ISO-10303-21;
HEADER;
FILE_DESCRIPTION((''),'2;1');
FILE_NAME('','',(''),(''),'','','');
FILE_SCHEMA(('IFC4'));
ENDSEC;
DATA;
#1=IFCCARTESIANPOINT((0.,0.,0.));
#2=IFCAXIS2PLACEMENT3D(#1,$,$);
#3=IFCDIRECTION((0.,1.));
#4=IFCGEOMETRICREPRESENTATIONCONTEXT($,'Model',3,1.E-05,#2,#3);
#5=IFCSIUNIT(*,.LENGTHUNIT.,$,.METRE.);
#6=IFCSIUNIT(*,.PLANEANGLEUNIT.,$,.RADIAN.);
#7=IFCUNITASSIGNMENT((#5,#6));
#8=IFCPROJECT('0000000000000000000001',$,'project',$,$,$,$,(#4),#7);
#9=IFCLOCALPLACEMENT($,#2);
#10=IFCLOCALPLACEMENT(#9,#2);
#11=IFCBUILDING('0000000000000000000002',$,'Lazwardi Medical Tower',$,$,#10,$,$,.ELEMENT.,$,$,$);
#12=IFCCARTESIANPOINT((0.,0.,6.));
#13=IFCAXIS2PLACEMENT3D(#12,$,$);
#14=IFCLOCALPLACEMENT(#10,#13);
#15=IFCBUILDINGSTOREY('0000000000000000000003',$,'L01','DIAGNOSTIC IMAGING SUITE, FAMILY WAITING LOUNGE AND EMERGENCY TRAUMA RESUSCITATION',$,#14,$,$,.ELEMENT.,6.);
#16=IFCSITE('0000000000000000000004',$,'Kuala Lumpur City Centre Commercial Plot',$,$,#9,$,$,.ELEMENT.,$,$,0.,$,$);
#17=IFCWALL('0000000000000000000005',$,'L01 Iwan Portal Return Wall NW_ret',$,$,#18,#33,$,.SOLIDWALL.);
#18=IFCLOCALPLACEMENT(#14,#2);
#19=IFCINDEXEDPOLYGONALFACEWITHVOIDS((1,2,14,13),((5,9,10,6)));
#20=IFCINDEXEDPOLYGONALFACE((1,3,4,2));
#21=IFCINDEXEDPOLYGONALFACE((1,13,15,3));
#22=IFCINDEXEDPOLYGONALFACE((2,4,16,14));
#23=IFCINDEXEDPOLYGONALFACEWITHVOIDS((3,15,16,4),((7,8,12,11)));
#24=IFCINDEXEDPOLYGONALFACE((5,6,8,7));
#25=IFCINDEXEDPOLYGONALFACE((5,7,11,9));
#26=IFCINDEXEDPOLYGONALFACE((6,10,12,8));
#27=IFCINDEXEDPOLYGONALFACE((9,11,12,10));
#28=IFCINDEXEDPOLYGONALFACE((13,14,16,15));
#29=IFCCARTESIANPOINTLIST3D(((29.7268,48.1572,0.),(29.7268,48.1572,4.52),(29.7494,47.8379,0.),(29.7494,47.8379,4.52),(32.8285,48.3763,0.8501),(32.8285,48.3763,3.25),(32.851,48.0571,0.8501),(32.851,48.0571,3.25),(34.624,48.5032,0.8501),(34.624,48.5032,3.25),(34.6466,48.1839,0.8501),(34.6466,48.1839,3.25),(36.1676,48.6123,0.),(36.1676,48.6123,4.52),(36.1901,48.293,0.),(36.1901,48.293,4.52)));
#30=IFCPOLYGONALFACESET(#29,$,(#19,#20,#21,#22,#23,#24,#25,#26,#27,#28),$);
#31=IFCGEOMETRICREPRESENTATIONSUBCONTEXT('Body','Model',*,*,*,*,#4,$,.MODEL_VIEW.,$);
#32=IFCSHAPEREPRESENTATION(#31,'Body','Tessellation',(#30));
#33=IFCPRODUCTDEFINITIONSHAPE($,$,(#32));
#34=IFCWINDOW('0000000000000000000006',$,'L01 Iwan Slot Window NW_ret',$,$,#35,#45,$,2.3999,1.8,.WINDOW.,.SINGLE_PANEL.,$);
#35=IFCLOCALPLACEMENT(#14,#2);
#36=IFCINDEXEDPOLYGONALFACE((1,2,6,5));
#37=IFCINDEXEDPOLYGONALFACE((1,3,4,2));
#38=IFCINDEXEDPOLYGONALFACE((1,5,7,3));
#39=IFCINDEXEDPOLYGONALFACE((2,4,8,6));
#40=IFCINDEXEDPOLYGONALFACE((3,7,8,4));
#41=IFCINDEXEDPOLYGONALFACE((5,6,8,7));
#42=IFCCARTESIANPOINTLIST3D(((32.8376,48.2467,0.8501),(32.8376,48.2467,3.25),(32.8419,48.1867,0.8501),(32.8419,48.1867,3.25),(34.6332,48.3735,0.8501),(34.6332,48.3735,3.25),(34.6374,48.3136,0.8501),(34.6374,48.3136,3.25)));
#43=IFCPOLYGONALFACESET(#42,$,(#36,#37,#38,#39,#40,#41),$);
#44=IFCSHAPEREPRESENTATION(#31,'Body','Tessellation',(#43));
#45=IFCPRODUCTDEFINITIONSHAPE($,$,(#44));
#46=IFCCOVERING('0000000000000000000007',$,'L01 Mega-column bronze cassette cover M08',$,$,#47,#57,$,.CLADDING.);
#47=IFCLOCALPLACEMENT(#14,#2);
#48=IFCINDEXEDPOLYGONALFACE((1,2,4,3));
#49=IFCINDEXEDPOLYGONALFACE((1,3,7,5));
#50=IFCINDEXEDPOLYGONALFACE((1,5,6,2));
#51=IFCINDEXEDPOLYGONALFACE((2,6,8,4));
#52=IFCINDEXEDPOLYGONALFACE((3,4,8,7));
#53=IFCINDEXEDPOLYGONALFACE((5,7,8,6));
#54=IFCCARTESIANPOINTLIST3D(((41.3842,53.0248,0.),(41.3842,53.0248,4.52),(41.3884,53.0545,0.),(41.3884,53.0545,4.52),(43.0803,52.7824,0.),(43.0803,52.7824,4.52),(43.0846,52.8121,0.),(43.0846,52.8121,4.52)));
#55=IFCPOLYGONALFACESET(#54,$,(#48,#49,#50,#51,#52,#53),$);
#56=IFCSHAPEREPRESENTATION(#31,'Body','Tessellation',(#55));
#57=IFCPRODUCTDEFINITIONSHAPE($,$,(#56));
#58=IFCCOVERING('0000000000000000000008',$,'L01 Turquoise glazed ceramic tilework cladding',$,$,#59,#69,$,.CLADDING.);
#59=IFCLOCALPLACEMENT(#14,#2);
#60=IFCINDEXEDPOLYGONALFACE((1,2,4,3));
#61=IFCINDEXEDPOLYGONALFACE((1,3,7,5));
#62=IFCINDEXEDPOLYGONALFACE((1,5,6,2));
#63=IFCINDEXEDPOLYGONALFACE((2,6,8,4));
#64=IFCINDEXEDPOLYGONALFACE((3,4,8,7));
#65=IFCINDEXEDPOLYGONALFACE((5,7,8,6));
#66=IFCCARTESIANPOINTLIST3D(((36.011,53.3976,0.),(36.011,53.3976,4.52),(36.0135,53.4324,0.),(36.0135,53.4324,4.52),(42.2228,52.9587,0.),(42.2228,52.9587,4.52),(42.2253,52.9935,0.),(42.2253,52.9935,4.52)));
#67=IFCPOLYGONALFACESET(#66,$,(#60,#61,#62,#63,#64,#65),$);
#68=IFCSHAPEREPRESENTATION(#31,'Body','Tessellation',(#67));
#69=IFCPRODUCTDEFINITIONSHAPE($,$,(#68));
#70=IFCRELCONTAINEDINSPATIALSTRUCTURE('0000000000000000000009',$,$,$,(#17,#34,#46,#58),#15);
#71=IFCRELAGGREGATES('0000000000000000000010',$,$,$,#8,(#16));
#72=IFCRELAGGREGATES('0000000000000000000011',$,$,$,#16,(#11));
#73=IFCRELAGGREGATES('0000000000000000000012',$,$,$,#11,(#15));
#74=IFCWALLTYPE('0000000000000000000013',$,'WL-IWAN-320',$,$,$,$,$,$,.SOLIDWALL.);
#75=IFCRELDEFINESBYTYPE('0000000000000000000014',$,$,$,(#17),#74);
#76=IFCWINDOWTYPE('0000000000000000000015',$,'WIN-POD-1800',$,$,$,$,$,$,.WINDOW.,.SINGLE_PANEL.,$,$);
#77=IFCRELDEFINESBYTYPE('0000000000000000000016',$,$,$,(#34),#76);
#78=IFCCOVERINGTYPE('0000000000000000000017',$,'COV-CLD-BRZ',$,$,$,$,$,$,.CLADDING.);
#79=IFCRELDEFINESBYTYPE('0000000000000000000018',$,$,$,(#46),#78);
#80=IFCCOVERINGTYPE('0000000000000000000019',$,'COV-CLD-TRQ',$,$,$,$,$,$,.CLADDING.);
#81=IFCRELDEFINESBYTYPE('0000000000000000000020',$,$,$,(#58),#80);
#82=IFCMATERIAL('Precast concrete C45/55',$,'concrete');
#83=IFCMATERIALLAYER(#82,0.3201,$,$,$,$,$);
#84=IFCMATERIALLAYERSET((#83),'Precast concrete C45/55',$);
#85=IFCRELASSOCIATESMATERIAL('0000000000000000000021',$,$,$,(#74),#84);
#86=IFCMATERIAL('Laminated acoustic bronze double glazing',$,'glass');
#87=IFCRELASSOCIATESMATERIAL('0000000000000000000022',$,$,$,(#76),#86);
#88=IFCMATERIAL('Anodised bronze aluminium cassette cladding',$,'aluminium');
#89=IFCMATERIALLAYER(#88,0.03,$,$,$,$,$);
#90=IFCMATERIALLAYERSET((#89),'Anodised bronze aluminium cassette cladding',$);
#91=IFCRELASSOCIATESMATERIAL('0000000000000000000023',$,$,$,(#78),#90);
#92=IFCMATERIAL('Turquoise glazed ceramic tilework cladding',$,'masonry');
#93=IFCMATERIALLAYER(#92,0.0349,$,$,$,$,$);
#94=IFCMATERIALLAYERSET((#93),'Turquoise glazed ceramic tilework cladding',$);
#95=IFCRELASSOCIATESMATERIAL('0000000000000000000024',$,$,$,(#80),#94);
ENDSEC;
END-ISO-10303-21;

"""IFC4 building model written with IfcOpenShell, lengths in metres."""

from ifc_helpers import new_model, si_unit, direction, frame, frame_2d, origin, origin_2d, place, context, subcontext, project, spatial, rectangle, extrude, material, layer, layer_set, type_object, element, fill, save


model = new_model("IFC4")

# Units and contexts
model_context = context("Model", 3, precision=1e-05, world=origin(), true_north=direction((0.0, 1.0)))
body_context = subcontext(model_context, "Body", "Model", "MODEL_VIEW")
ifc_project = project(units=[si_unit("LENGTHUNIT", "METRE"), si_unit("PLANEANGLEUNIT", "RADIAN")], contexts=[model_context])

# Site, building, storey
site_placement = place(None, origin())
site = spatial("IfcSite", under=ifc_project, at=site_placement, Name="Kuala Lumpur City Centre Commercial Plot", CompositionType="ELEMENT", RefElevation=0.0)
building_placement = place(site_placement, origin())
building = spatial("IfcBuilding", under=site, at=building_placement, Name="Lazwardi Medical Tower", CompositionType="ELEMENT")
storey_placement = place(building_placement, frame((0.0, 0.0, 6.0)))
storey = spatial("IfcBuildingStorey", under=building, at=storey_placement, Name="L01", Description="DIAGNOSTIC IMAGING SUITE, FAMILY WAITING LOUNGE AND EMERGENCY TRAUMA RESUSCITATION", CompositionType="ELEMENT", Elevation=6.0)

# Shared definitions
ifc_material_1 = material(Name="Laminated acoustic bronze double glazing", Category="glass")

# Wall, opening, window
ifc_material_2 = material(Name="Precast concrete C45/55", Category="concrete")
ifc_layer_1 = layer(ifc_material_2, 0.3201)
ifc_layer_set_1 = layer_set([ifc_layer_1], Name="Precast concrete C45/55")
wall_type = type_object("IfcWallType", Name="WL-IWAN-320", PredefinedType="SOLIDWALL", material=ifc_layer_set_1)
window_type = type_object("IfcWindowType", Name="WIN-POD-1800", PartitioningType="SINGLE_PANEL", PredefinedType="WINDOW", material=ifc_material_1)
wall_1_placement = place(storey_placement, frame((36.179, 48.4526, 0.0), z_axis=(0.0, 0.0, 1.0), x_axis=(-0.997513, -0.070481, 0.0)))
wall_1 = element("IfcWall", 1, at=wall_1_placement, inside=storey, type_object=wall_type, Name="L01 Iwan Portal Return Wall NW_ret", PredefinedType="SOLIDWALL", context=body_context, shape_type="SweptSolid", body=[
    extrude(rectangle(XDim=6.4568, YDim=0.3201, at=frame_2d((3.2285, 0.0))), origin(), (0.0, 0.0, 1.0), 4.52),
])
opening_1_placement = place(wall_1_placement, frame((1.5476, 0.0, 0.8501)))
opening_1 = element("IfcOpeningElement", 2, at=opening_1_placement, cuts=wall_1, PredefinedType="OPENING", context=body_context, shape_type="SweptSolid", body=[
    extrude(rectangle(XDim=1.8, YDim=2.3999, at=frame_2d((0.8999, 1.2))), frame((0.0, 0.1699, 0.0), z_axis=(0.0, -1.0, 0.0), x_axis=(1.0, 0.0, 0.0)), (0.0, 0.0, 1.0), 0.3401),
])
window_1_placement = place(opening_1_placement, origin())
window_1 = element("IfcWindow", 3, at=window_1_placement, inside=storey, type_object=window_type, Name="L01 Iwan Slot Window NW_ret", OverallHeight=2.3999, OverallWidth=1.8, PartitioningType="SINGLE_PANEL", PredefinedType="WINDOW", context=body_context, shape_type="SweptSolid", body=[
    extrude(rectangle(XDim=1.8, YDim=2.3999, at=frame_2d((0.8999, 1.2))), frame((0.0, 0.03, 0.0), z_axis=(0.0, -1.0, 0.0), x_axis=(1.0, 0.0, 0.0)), (0.0, 0.0, 1.0), 0.0601),
])
fill(opening_1, window_1)

# Coverings
ifc_material_3 = material(Name="Anodised bronze aluminium cassette cladding", Category="aluminium")
ifc_layer_2 = layer(ifc_material_3, 0.03)
ifc_layer_set_2 = layer_set([ifc_layer_2], Name="Anodised bronze aluminium cassette cladding")
covering_type_1 = type_object("IfcCoveringType", Name="COV-CLD-BRZ", PredefinedType="CLADDING", material=ifc_layer_set_2)
covering_1_placement = place(storey_placement, frame((42.2344, 52.9185, 0.0), z_axis=(0.0, 0.0, 1.0), x_axis=(-0.989943, 0.14147, 0.0)))
element("IfcCovering", 4, at=covering_1_placement, inside=storey, type_object=covering_type_1, Name="L01 Mega-column bronze cassette cover M08", PredefinedType="CLADDING", context=body_context, shape_type="SweptSolid", body=[
    extrude(rectangle(XDim=1.7134, YDim=0.03, at=origin_2d()), origin(), (0.0, 0.0, 1.0), 4.52),
])
ifc_material_4 = material(Name="Turquoise glazed ceramic tilework cladding", Category="masonry")
ifc_layer_3 = layer(ifc_material_4, 0.0349)
ifc_layer_set_3 = layer_set([ifc_layer_3], Name="Turquoise glazed ceramic tilework cladding")
covering_type_2 = type_object("IfcCoveringType", Name="COV-CLD-TRQ", PredefinedType="CLADDING", material=ifc_layer_set_3)
covering_2_placement = place(storey_placement, frame((39.1182, 53.1956, 0.0), z_axis=(0.0, 0.0, 1.0), x_axis=(-0.997513, 0.070481, 0.0)))
element("IfcCovering", 5, at=covering_2_placement, inside=storey, type_object=covering_type_2, Name="L01 Turquoise glazed ceramic tilework cladding", PredefinedType="CLADDING", context=body_context, shape_type="SweptSolid", body=[
    extrude(rectangle(XDim=6.2273, YDim=0.0349, at=origin_2d()), origin(), (0.0, 0.0, 1.0), 4.52),
])

save(model, "model.ifc")
